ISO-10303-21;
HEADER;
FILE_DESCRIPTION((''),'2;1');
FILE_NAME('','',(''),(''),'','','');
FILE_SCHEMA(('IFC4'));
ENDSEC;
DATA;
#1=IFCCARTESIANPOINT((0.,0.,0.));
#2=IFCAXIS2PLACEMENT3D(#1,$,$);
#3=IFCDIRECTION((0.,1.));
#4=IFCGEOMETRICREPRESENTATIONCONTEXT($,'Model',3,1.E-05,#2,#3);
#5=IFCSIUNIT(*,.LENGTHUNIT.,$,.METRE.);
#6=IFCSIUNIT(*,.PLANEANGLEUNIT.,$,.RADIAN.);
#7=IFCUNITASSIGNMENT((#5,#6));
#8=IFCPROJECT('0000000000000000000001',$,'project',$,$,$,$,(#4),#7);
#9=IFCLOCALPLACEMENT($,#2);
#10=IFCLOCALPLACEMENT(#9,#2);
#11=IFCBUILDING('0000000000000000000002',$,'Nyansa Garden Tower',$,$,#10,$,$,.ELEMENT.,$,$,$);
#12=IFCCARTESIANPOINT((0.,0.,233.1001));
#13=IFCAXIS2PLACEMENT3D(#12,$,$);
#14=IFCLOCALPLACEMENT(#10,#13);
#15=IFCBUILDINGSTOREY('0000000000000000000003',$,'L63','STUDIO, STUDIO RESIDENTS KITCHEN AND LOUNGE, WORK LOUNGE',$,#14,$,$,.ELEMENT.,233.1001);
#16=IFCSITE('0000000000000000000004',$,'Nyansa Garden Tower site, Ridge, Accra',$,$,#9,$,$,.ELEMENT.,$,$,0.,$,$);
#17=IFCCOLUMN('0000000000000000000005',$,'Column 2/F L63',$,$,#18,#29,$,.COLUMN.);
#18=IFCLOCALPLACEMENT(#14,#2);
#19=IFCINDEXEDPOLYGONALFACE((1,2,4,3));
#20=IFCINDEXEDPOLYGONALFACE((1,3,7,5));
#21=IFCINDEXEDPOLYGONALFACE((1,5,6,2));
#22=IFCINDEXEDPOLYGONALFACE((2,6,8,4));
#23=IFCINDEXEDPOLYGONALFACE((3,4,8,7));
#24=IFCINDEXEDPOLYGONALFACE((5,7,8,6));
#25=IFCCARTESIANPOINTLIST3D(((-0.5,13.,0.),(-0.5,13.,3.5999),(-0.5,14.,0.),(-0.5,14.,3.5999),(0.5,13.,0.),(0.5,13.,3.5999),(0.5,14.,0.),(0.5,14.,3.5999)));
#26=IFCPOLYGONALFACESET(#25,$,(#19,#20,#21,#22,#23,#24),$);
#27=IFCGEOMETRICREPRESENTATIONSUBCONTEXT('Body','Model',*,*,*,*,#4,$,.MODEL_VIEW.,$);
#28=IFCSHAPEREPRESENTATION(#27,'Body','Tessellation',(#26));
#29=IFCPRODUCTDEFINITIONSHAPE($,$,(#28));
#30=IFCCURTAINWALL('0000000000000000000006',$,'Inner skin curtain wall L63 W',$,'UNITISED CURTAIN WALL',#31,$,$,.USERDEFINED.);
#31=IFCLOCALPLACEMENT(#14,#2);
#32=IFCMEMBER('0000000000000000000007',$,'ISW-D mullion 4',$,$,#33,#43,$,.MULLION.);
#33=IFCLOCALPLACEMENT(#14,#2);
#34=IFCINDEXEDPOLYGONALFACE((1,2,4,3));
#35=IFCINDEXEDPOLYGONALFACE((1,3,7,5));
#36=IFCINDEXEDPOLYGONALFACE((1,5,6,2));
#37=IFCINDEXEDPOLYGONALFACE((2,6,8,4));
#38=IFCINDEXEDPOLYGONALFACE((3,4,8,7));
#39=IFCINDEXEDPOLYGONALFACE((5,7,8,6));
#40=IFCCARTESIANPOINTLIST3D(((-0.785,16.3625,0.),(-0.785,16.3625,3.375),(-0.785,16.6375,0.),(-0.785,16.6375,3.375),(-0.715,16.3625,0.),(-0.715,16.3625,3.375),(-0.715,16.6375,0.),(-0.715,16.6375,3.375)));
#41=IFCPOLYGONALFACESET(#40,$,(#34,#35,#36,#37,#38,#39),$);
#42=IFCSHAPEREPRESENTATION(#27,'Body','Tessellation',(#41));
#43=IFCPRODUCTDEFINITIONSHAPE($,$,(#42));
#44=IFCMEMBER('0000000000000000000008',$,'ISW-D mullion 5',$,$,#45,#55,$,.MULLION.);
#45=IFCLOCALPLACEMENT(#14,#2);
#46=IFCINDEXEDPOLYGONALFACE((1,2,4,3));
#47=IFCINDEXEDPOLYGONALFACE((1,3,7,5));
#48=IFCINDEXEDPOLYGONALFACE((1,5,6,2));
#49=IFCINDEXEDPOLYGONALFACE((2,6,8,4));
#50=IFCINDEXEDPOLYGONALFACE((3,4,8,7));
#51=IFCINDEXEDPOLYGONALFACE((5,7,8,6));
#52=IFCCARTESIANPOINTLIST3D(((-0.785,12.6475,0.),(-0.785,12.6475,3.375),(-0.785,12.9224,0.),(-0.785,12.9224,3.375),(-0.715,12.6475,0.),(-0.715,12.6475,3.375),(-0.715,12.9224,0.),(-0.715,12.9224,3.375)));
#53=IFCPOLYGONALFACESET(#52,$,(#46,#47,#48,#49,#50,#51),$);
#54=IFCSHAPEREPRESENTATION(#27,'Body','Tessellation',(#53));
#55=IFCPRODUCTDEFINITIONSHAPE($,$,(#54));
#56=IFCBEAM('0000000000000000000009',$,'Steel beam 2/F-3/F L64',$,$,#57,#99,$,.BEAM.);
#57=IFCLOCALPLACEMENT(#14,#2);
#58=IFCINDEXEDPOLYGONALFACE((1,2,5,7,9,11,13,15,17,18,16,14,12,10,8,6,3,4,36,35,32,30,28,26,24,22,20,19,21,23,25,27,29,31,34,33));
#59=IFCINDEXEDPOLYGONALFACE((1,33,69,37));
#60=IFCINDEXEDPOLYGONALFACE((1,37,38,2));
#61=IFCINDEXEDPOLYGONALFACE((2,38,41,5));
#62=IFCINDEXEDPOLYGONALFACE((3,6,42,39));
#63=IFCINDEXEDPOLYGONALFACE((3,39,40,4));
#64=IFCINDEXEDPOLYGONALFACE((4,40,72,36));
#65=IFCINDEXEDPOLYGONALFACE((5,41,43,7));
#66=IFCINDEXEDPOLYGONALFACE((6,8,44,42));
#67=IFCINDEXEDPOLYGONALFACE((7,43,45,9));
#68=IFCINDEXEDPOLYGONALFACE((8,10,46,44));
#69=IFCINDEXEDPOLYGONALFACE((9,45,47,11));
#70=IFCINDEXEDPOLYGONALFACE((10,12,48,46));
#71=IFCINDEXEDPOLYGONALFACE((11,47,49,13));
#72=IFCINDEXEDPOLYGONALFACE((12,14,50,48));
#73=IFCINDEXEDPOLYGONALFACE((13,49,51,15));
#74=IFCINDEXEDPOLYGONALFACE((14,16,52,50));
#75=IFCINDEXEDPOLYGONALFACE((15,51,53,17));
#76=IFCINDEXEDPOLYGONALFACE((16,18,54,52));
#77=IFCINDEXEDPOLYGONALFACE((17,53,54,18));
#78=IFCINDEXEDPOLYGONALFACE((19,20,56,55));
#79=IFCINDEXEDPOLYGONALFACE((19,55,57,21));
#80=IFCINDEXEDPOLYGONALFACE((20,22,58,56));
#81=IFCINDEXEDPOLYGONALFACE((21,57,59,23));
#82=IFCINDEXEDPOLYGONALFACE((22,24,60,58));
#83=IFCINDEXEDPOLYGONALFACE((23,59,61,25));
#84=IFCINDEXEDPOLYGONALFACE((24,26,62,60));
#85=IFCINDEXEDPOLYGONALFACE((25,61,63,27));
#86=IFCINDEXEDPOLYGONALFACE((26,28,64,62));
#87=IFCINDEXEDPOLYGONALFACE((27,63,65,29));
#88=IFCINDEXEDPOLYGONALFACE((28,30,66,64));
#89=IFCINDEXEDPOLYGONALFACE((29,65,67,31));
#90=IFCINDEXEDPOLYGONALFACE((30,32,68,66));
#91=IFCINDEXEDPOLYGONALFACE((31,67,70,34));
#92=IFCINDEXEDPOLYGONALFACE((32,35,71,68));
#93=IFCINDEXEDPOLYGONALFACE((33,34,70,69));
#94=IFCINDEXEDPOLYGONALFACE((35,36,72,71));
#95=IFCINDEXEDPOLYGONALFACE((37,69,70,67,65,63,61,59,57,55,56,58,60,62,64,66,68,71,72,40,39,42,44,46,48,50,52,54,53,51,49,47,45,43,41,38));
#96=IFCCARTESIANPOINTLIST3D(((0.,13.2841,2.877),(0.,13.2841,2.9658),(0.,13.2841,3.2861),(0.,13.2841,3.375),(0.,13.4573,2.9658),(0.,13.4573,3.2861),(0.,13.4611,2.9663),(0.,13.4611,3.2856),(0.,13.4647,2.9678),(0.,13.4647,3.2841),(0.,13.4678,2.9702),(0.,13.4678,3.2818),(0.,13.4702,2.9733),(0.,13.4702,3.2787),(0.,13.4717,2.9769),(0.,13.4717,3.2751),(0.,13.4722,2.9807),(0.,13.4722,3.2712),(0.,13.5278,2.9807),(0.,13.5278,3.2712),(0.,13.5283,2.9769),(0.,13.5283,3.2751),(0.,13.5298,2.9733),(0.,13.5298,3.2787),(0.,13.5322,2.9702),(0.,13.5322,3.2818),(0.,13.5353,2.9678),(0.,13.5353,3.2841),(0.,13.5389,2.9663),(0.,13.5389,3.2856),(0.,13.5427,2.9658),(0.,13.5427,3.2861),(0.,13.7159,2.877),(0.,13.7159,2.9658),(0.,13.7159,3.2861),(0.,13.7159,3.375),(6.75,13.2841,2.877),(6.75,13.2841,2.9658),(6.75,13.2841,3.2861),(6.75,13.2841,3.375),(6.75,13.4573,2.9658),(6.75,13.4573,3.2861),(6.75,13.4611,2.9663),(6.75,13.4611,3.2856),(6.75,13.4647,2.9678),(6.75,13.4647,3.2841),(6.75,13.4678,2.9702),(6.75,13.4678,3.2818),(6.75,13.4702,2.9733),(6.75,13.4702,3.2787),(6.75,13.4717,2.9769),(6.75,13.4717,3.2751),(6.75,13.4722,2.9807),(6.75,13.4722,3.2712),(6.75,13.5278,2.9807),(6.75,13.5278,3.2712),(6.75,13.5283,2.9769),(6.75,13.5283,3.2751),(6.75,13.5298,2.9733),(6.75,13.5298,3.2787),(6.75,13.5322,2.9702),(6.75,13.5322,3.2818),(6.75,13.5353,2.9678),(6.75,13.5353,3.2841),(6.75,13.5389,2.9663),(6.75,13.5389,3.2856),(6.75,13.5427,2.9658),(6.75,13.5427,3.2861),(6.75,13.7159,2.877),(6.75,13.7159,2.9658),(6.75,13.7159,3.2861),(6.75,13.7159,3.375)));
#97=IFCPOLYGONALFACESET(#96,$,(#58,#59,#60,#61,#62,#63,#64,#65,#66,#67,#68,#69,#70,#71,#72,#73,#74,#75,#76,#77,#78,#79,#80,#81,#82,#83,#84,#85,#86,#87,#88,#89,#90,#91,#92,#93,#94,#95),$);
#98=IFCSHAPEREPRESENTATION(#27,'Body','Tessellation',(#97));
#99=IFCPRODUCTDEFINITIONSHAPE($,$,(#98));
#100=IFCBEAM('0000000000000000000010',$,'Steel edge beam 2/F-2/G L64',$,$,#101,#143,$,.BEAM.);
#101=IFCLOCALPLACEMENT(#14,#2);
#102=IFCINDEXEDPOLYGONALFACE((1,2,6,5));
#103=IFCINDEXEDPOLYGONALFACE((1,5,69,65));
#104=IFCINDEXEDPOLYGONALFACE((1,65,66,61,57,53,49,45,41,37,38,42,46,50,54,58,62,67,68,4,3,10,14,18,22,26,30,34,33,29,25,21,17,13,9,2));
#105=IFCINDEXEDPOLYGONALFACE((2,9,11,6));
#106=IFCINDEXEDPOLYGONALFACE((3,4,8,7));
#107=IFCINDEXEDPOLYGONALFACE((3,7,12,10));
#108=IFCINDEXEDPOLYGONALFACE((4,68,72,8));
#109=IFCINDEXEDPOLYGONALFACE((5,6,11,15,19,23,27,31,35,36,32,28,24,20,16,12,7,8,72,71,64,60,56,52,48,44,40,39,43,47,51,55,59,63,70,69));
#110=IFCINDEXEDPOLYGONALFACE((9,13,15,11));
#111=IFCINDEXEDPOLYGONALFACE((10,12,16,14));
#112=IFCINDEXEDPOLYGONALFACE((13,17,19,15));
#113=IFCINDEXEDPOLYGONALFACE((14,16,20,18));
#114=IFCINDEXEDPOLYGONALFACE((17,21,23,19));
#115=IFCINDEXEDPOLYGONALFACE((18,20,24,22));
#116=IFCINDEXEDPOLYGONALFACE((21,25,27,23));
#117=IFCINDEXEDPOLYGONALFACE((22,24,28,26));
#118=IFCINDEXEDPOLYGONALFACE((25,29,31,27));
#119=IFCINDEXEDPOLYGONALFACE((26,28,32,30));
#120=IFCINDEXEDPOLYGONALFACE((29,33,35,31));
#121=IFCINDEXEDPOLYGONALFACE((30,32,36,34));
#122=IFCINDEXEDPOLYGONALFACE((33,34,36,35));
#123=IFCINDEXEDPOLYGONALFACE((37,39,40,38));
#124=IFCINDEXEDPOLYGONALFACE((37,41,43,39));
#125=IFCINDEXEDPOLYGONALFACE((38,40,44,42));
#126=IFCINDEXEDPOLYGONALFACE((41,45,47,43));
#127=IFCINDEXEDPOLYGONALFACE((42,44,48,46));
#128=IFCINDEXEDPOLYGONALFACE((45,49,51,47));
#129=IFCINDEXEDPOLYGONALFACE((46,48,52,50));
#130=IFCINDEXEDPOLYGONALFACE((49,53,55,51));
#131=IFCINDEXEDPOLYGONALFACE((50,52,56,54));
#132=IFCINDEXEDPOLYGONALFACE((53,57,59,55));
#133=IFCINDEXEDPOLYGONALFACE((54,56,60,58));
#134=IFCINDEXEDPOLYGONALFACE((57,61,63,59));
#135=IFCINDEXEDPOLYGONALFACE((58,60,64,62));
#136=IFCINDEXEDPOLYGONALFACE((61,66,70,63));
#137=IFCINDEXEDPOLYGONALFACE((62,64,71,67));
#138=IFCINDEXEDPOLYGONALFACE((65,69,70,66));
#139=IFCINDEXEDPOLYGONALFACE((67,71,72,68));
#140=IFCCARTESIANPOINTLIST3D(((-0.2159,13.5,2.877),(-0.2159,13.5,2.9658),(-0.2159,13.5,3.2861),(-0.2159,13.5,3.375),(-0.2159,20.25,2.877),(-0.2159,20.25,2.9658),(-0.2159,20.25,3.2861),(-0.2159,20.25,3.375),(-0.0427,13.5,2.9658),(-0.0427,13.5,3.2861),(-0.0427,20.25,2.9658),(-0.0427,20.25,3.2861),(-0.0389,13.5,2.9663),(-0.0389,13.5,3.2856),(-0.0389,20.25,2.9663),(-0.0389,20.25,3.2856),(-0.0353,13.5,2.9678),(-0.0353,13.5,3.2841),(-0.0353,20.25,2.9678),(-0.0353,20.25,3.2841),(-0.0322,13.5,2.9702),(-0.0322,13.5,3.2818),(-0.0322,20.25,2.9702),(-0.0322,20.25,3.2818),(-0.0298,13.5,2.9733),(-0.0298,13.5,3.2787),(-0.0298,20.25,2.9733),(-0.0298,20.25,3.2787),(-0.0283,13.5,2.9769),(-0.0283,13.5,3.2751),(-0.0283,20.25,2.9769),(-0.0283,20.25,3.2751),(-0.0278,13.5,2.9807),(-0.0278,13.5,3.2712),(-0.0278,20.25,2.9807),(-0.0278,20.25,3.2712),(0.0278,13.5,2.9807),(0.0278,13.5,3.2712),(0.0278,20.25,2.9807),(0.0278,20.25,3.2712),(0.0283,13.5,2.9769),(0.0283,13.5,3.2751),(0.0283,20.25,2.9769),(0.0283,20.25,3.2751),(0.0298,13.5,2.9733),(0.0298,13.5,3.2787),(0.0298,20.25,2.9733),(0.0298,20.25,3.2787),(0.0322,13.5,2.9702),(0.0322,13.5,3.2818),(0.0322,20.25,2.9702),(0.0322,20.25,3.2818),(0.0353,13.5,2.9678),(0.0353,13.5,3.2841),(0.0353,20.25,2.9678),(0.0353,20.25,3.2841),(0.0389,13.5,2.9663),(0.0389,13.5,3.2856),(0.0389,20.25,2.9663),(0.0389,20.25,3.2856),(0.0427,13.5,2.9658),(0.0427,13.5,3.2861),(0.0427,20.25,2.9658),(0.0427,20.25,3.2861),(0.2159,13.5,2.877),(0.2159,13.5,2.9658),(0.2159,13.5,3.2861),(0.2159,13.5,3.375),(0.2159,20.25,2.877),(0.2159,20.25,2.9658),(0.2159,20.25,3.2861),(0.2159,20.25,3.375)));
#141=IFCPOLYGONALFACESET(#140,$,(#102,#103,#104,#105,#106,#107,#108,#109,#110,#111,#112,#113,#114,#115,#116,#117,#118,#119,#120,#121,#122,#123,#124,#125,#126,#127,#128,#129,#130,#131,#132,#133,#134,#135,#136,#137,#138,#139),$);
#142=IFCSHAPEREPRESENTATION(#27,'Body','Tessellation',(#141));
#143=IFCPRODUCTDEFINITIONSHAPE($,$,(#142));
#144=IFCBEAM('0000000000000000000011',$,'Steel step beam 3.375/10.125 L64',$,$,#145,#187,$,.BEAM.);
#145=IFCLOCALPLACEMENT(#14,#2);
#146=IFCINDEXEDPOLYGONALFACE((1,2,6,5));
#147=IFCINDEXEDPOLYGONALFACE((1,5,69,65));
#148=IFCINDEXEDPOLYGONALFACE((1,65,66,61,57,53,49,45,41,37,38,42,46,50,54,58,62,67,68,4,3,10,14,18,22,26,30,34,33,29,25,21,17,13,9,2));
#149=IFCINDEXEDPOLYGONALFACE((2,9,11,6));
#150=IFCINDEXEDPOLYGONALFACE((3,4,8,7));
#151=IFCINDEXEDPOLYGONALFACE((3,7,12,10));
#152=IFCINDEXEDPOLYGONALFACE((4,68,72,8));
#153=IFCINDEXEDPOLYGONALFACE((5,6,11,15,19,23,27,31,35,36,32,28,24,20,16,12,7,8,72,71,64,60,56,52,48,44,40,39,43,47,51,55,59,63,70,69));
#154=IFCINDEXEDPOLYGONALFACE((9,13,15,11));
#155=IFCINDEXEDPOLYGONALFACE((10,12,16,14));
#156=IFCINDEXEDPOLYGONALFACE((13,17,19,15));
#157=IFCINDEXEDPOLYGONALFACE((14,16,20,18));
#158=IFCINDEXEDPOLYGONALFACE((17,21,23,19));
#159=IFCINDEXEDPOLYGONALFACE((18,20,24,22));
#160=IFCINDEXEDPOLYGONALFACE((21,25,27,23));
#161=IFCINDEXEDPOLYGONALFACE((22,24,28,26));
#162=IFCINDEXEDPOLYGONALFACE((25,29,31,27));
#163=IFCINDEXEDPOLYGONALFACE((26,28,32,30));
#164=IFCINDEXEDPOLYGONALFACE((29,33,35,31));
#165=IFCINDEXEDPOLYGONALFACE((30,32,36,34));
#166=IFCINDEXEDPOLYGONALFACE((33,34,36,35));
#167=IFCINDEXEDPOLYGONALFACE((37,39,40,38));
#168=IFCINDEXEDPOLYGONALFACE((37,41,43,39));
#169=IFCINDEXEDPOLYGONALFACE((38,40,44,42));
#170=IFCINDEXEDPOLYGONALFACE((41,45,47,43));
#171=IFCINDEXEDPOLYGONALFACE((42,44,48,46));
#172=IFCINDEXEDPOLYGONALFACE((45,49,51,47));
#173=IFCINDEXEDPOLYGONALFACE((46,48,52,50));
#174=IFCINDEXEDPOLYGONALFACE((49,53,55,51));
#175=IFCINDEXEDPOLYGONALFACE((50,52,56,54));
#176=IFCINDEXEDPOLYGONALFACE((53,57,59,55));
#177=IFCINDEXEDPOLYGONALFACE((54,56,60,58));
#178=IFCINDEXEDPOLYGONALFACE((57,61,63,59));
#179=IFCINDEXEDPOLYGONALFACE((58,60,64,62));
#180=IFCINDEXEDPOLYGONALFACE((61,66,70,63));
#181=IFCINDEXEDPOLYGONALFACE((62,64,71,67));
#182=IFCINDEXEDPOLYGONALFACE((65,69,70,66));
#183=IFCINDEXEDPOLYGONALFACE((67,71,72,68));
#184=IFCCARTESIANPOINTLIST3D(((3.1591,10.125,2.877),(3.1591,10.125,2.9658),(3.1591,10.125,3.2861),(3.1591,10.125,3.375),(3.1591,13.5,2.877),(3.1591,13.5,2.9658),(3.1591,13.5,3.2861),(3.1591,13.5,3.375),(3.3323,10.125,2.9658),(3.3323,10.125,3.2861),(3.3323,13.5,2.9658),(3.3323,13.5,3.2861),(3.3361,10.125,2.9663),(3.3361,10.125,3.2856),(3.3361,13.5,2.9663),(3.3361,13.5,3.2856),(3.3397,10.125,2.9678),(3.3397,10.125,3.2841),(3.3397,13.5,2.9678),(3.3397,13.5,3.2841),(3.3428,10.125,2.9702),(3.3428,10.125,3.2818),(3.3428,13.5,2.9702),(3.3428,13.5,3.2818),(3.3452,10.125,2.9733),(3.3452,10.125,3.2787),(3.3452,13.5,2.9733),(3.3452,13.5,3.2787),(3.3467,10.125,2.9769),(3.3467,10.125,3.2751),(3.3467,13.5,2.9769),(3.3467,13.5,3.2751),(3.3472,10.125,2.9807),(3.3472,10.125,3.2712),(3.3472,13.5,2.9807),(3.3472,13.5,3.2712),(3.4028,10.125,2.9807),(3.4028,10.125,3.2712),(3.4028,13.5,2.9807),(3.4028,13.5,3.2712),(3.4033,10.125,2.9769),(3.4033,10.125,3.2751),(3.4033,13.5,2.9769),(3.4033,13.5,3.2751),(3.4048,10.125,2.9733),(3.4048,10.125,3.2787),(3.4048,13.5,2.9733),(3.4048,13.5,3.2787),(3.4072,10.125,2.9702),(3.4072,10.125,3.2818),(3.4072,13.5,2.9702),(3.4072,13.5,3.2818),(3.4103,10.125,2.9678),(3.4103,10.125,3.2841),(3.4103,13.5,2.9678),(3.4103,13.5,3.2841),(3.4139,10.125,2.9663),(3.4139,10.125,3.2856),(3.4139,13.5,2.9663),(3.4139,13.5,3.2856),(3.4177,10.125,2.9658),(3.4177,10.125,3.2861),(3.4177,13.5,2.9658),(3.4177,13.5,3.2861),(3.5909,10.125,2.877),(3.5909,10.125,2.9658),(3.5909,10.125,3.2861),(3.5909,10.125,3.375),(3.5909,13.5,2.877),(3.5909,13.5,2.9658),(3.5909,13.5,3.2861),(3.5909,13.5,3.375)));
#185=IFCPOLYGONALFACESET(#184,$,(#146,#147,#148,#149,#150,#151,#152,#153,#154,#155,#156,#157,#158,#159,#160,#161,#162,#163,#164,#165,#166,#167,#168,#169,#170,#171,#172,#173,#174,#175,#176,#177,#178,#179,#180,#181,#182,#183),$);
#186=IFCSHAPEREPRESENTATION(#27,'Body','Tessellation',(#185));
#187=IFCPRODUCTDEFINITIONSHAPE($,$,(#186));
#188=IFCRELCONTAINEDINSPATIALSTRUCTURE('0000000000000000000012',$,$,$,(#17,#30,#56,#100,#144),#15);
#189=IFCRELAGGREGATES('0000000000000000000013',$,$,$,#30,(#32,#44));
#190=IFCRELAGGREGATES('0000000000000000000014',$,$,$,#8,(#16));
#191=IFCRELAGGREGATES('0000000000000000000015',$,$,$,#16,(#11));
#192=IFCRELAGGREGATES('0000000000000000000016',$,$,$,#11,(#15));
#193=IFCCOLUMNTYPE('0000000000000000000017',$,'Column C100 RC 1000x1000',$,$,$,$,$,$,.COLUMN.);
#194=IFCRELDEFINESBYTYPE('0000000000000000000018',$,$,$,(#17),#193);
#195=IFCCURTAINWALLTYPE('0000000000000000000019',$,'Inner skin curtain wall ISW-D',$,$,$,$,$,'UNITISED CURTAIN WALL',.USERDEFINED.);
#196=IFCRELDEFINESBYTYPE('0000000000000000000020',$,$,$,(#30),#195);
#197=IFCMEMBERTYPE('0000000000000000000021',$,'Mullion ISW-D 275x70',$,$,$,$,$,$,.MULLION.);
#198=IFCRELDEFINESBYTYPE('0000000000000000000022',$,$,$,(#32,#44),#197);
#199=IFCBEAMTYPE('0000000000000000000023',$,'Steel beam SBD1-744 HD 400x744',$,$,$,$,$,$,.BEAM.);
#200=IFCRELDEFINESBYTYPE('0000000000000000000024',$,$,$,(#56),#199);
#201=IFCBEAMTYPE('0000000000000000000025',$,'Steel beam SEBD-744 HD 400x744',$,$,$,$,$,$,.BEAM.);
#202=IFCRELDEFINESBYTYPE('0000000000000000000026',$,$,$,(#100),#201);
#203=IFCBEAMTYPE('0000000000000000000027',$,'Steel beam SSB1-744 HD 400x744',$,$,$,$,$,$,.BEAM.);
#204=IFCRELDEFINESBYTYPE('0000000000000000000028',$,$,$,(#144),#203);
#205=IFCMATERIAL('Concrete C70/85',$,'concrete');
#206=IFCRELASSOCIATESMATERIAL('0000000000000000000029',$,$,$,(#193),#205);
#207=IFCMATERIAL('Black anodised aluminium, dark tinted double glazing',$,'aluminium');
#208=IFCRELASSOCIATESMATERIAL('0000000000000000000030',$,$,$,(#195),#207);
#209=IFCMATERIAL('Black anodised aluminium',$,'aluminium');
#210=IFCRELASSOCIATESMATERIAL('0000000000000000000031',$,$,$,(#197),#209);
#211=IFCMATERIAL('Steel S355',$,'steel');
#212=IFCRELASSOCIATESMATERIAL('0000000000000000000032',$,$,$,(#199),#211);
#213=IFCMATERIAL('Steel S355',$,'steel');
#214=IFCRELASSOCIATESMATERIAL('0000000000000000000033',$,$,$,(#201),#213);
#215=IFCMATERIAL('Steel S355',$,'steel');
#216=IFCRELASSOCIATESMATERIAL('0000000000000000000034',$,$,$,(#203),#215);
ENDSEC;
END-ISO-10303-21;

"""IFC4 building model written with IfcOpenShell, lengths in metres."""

from ifc_helpers import new_model, si_unit, direction, frame, origin, origin_2d, place, context, subcontext, project, spatial, rectangle, i_section, extrude, material, material_profile, profile_set, type_object, element, aggregate, save


model = new_model("IFC4")

# Units and contexts
model_context = context("Model", 3, precision=1e-05, world=origin(), true_north=direction((0.0, 1.0)))
body_context = subcontext(model_context, "Body", "Model", "MODEL_VIEW")
ifc_project = project(units=[si_unit("LENGTHUNIT", "METRE"), si_unit("PLANEANGLEUNIT", "RADIAN")], contexts=[model_context])

# Site, building, storey
site_placement = place(None, origin())
site = spatial("IfcSite", under=ifc_project, at=site_placement, Name="Nyansa Garden Tower site, Ridge, Accra", CompositionType="ELEMENT", RefElevation=0.0)
building_placement = place(site_placement, origin())
building = spatial("IfcBuilding", under=site, at=building_placement, Name="Nyansa Garden Tower", CompositionType="ELEMENT")
storey_placement = place(building_placement, frame((0.0, 0.0, 233.1001)))
storey = spatial("IfcBuildingStorey", under=building, at=storey_placement, Name="L63", Description="STUDIO, STUDIO RESIDENTS KITCHEN AND LOUNGE, WORK LOUNGE", CompositionType="ELEMENT", Elevation=233.1001)

# Column
ifc_material_1 = material(Name="Concrete C70/85", Category="concrete")
ifc_material_profile_1 = material_profile(ifc_material_1, rectangle(XDim=1.0, YDim=1.0, at=origin_2d()), Name="RC 1000x1000")
ifc_profile_set_1 = profile_set([ifc_material_profile_1], Name="Concrete C70/85")
column_type = type_object("IfcColumnType", Name="Column C100 RC 1000x1000", PredefinedType="COLUMN", material=ifc_profile_set_1)
column_placement = place(storey_placement, frame((0.0, 13.5, 0.0), z_axis=(0.0, 0.0, 1.0), x_axis=(1.0, 0.0, 0.0)))
element("IfcColumn", 1, at=column_placement, inside=storey, type_object=column_type, Name="Column 2/F L63", PredefinedType="COLUMN", context=body_context, shape_type="SweptSolid", body=[
    extrude(rectangle(XDim=1.0, YDim=1.0, at=origin_2d()), origin(), (0.0, 0.0, 1.0), 3.5999),
])

# Curtain wall, members
ifc_material_2 = material(Name="Black anodised aluminium, dark tinted double glazing", Category="aluminium")
curtain_wall_type = type_object("IfcCurtainWallType", Name="Inner skin curtain wall ISW-D", ElementType="UNITISED CURTAIN WALL", PredefinedType="USERDEFINED", material=ifc_material_2)
curtain_wall_placement = place(storey_placement, origin())
curtain_wall = element("IfcCurtainWall", 2, at=curtain_wall_placement, inside=storey, type_object=curtain_wall_type, Name="Inner skin curtain wall L63 W", ObjectType="UNITISED CURTAIN WALL", PredefinedType="USERDEFINED")
ifc_material_3 = material(Name="Black anodised aluminium", Category="aluminium")
ifc_material_profile_2 = material_profile(ifc_material_3, rectangle(XDim=0.0701, YDim=0.2749, at=origin_2d()), Name="Mullion 275x70")
ifc_profile_set_2 = profile_set([ifc_material_profile_2], Name="Black anodised aluminium")
member_type_1 = type_object("IfcMemberType", Name="Mullion ISW-D 275x70", PredefinedType="MULLION", material=ifc_profile_set_2)
member_1_placement = place(storey_placement, frame((-0.75, 16.5, 0.0), z_axis=(0.0, 0.0, 1.0), x_axis=(1.0, 0.0, 0.0)))
member_1 = element("IfcMember", 3, at=member_1_placement, type_object=member_type_1, Name="ISW-D mullion 4", PredefinedType="MULLION", context=body_context, shape_type="SweptSolid", body=[
    extrude(rectangle(XDim=0.0701, YDim=0.2749, at=origin_2d()), origin(), (0.0, 0.0, 1.0), 3.375),
])
member_2_placement = place(storey_placement, frame((-0.75, 12.7849, 0.0), z_axis=(0.0, 0.0, 1.0), x_axis=(1.0, 0.0, 0.0)))
member_2 = element("IfcMember", 4, at=member_2_placement, type_object=member_type_1, Name="ISW-D mullion 5", PredefinedType="MULLION", context=body_context, shape_type="SweptSolid", body=[
    extrude(rectangle(XDim=0.0701, YDim=0.2749, at=origin_2d()), origin(), (0.0, 0.0, 1.0), 3.375),
])

# Beams
ifc_material_4 = material(Name="Steel S355", Category="steel")
ifc_material_profile_3 = material_profile(ifc_material_4, i_section(OverallWidth=0.4319, OverallDepth=0.498, WebThickness=0.0557, FlangeThickness=0.0889, FilletRadius=0.0149, at=origin_2d()), Name="HD 400x744")
ifc_profile_set_3 = profile_set([ifc_material_profile_3], Name="Steel S355")
beam_type_1 = type_object("IfcBeamType", Name="Steel beam SBD1-744 HD 400x744", PredefinedType="BEAM", material=ifc_profile_set_3)
beam_1_placement = place(storey_placement, frame((0.0, 13.5, 3.126), z_axis=(1.0, 0.0, 0.0), x_axis=(0.0, 1.0, 0.0)))
element("IfcBeam", 5, at=beam_1_placement, inside=storey, type_object=beam_type_1, Name="Steel beam 2/F-3/F L64", PredefinedType="BEAM", context=body_context, shape_type="SweptSolid", body=[
    extrude(i_section(OverallWidth=0.4319, OverallDepth=0.498, WebThickness=0.0557, FlangeThickness=0.0889, FilletRadius=0.0149, at=origin_2d()), origin(), (0.0, 0.0, 1.0), 6.75),
])
ifc_material_5 = material(Name="Steel S355", Category="steel")
ifc_material_profile_4 = material_profile(ifc_material_5, i_section(OverallWidth=0.4319, OverallDepth=0.498, WebThickness=0.0557, FlangeThickness=0.0889, FilletRadius=0.0149, at=origin_2d()), Name="HD 400x744")
ifc_profile_set_4 = profile_set([ifc_material_profile_4], Name="Steel S355")
beam_type_2 = type_object("IfcBeamType", Name="Steel beam SEBD-744 HD 400x744", PredefinedType="BEAM", material=ifc_profile_set_4)
beam_2_placement = place(storey_placement, frame((0.0, 13.5, 3.126), z_axis=(0.0, 1.0, 0.0), x_axis=(-1.0, 0.0, 0.0)))
element("IfcBeam", 6, at=beam_2_placement, inside=storey, type_object=beam_type_2, Name="Steel edge beam 2/F-2/G L64", PredefinedType="BEAM", context=body_context, shape_type="SweptSolid", body=[
    extrude(i_section(OverallWidth=0.4319, OverallDepth=0.498, WebThickness=0.0557, FlangeThickness=0.0889, FilletRadius=0.0149, at=origin_2d()), origin(), (0.0, 0.0, 1.0), 6.75),
])
ifc_material_6 = material(Name="Steel S355", Category="steel")
ifc_material_profile_5 = material_profile(ifc_material_6, i_section(OverallWidth=0.4319, OverallDepth=0.498, WebThickness=0.0557, FlangeThickness=0.0889, FilletRadius=0.0149, at=origin_2d()), Name="HD 400x744")
ifc_profile_set_5 = profile_set([ifc_material_profile_5], Name="Steel S355")
beam_type_3 = type_object("IfcBeamType", Name="Steel beam SSB1-744 HD 400x744", PredefinedType="BEAM", material=ifc_profile_set_5)
beam_3_placement = place(storey_placement, frame((3.375, 10.125, 3.126), z_axis=(0.0, 1.0, 0.0), x_axis=(-1.0, 0.0, 0.0)))
element("IfcBeam", 7, at=beam_3_placement, inside=storey, type_object=beam_type_3, Name="Steel step beam 3.375/10.125 L64", PredefinedType="BEAM", context=body_context, shape_type="SweptSolid", body=[
    extrude(i_section(OverallWidth=0.4319, OverallDepth=0.498, WebThickness=0.0557, FlangeThickness=0.0889, FilletRadius=0.0149, at=origin_2d()), origin(), (0.0, 0.0, 1.0), 3.375),
])

aggregate(curtain_wall, [member_1, member_2])

save(model, "model.ifc")
